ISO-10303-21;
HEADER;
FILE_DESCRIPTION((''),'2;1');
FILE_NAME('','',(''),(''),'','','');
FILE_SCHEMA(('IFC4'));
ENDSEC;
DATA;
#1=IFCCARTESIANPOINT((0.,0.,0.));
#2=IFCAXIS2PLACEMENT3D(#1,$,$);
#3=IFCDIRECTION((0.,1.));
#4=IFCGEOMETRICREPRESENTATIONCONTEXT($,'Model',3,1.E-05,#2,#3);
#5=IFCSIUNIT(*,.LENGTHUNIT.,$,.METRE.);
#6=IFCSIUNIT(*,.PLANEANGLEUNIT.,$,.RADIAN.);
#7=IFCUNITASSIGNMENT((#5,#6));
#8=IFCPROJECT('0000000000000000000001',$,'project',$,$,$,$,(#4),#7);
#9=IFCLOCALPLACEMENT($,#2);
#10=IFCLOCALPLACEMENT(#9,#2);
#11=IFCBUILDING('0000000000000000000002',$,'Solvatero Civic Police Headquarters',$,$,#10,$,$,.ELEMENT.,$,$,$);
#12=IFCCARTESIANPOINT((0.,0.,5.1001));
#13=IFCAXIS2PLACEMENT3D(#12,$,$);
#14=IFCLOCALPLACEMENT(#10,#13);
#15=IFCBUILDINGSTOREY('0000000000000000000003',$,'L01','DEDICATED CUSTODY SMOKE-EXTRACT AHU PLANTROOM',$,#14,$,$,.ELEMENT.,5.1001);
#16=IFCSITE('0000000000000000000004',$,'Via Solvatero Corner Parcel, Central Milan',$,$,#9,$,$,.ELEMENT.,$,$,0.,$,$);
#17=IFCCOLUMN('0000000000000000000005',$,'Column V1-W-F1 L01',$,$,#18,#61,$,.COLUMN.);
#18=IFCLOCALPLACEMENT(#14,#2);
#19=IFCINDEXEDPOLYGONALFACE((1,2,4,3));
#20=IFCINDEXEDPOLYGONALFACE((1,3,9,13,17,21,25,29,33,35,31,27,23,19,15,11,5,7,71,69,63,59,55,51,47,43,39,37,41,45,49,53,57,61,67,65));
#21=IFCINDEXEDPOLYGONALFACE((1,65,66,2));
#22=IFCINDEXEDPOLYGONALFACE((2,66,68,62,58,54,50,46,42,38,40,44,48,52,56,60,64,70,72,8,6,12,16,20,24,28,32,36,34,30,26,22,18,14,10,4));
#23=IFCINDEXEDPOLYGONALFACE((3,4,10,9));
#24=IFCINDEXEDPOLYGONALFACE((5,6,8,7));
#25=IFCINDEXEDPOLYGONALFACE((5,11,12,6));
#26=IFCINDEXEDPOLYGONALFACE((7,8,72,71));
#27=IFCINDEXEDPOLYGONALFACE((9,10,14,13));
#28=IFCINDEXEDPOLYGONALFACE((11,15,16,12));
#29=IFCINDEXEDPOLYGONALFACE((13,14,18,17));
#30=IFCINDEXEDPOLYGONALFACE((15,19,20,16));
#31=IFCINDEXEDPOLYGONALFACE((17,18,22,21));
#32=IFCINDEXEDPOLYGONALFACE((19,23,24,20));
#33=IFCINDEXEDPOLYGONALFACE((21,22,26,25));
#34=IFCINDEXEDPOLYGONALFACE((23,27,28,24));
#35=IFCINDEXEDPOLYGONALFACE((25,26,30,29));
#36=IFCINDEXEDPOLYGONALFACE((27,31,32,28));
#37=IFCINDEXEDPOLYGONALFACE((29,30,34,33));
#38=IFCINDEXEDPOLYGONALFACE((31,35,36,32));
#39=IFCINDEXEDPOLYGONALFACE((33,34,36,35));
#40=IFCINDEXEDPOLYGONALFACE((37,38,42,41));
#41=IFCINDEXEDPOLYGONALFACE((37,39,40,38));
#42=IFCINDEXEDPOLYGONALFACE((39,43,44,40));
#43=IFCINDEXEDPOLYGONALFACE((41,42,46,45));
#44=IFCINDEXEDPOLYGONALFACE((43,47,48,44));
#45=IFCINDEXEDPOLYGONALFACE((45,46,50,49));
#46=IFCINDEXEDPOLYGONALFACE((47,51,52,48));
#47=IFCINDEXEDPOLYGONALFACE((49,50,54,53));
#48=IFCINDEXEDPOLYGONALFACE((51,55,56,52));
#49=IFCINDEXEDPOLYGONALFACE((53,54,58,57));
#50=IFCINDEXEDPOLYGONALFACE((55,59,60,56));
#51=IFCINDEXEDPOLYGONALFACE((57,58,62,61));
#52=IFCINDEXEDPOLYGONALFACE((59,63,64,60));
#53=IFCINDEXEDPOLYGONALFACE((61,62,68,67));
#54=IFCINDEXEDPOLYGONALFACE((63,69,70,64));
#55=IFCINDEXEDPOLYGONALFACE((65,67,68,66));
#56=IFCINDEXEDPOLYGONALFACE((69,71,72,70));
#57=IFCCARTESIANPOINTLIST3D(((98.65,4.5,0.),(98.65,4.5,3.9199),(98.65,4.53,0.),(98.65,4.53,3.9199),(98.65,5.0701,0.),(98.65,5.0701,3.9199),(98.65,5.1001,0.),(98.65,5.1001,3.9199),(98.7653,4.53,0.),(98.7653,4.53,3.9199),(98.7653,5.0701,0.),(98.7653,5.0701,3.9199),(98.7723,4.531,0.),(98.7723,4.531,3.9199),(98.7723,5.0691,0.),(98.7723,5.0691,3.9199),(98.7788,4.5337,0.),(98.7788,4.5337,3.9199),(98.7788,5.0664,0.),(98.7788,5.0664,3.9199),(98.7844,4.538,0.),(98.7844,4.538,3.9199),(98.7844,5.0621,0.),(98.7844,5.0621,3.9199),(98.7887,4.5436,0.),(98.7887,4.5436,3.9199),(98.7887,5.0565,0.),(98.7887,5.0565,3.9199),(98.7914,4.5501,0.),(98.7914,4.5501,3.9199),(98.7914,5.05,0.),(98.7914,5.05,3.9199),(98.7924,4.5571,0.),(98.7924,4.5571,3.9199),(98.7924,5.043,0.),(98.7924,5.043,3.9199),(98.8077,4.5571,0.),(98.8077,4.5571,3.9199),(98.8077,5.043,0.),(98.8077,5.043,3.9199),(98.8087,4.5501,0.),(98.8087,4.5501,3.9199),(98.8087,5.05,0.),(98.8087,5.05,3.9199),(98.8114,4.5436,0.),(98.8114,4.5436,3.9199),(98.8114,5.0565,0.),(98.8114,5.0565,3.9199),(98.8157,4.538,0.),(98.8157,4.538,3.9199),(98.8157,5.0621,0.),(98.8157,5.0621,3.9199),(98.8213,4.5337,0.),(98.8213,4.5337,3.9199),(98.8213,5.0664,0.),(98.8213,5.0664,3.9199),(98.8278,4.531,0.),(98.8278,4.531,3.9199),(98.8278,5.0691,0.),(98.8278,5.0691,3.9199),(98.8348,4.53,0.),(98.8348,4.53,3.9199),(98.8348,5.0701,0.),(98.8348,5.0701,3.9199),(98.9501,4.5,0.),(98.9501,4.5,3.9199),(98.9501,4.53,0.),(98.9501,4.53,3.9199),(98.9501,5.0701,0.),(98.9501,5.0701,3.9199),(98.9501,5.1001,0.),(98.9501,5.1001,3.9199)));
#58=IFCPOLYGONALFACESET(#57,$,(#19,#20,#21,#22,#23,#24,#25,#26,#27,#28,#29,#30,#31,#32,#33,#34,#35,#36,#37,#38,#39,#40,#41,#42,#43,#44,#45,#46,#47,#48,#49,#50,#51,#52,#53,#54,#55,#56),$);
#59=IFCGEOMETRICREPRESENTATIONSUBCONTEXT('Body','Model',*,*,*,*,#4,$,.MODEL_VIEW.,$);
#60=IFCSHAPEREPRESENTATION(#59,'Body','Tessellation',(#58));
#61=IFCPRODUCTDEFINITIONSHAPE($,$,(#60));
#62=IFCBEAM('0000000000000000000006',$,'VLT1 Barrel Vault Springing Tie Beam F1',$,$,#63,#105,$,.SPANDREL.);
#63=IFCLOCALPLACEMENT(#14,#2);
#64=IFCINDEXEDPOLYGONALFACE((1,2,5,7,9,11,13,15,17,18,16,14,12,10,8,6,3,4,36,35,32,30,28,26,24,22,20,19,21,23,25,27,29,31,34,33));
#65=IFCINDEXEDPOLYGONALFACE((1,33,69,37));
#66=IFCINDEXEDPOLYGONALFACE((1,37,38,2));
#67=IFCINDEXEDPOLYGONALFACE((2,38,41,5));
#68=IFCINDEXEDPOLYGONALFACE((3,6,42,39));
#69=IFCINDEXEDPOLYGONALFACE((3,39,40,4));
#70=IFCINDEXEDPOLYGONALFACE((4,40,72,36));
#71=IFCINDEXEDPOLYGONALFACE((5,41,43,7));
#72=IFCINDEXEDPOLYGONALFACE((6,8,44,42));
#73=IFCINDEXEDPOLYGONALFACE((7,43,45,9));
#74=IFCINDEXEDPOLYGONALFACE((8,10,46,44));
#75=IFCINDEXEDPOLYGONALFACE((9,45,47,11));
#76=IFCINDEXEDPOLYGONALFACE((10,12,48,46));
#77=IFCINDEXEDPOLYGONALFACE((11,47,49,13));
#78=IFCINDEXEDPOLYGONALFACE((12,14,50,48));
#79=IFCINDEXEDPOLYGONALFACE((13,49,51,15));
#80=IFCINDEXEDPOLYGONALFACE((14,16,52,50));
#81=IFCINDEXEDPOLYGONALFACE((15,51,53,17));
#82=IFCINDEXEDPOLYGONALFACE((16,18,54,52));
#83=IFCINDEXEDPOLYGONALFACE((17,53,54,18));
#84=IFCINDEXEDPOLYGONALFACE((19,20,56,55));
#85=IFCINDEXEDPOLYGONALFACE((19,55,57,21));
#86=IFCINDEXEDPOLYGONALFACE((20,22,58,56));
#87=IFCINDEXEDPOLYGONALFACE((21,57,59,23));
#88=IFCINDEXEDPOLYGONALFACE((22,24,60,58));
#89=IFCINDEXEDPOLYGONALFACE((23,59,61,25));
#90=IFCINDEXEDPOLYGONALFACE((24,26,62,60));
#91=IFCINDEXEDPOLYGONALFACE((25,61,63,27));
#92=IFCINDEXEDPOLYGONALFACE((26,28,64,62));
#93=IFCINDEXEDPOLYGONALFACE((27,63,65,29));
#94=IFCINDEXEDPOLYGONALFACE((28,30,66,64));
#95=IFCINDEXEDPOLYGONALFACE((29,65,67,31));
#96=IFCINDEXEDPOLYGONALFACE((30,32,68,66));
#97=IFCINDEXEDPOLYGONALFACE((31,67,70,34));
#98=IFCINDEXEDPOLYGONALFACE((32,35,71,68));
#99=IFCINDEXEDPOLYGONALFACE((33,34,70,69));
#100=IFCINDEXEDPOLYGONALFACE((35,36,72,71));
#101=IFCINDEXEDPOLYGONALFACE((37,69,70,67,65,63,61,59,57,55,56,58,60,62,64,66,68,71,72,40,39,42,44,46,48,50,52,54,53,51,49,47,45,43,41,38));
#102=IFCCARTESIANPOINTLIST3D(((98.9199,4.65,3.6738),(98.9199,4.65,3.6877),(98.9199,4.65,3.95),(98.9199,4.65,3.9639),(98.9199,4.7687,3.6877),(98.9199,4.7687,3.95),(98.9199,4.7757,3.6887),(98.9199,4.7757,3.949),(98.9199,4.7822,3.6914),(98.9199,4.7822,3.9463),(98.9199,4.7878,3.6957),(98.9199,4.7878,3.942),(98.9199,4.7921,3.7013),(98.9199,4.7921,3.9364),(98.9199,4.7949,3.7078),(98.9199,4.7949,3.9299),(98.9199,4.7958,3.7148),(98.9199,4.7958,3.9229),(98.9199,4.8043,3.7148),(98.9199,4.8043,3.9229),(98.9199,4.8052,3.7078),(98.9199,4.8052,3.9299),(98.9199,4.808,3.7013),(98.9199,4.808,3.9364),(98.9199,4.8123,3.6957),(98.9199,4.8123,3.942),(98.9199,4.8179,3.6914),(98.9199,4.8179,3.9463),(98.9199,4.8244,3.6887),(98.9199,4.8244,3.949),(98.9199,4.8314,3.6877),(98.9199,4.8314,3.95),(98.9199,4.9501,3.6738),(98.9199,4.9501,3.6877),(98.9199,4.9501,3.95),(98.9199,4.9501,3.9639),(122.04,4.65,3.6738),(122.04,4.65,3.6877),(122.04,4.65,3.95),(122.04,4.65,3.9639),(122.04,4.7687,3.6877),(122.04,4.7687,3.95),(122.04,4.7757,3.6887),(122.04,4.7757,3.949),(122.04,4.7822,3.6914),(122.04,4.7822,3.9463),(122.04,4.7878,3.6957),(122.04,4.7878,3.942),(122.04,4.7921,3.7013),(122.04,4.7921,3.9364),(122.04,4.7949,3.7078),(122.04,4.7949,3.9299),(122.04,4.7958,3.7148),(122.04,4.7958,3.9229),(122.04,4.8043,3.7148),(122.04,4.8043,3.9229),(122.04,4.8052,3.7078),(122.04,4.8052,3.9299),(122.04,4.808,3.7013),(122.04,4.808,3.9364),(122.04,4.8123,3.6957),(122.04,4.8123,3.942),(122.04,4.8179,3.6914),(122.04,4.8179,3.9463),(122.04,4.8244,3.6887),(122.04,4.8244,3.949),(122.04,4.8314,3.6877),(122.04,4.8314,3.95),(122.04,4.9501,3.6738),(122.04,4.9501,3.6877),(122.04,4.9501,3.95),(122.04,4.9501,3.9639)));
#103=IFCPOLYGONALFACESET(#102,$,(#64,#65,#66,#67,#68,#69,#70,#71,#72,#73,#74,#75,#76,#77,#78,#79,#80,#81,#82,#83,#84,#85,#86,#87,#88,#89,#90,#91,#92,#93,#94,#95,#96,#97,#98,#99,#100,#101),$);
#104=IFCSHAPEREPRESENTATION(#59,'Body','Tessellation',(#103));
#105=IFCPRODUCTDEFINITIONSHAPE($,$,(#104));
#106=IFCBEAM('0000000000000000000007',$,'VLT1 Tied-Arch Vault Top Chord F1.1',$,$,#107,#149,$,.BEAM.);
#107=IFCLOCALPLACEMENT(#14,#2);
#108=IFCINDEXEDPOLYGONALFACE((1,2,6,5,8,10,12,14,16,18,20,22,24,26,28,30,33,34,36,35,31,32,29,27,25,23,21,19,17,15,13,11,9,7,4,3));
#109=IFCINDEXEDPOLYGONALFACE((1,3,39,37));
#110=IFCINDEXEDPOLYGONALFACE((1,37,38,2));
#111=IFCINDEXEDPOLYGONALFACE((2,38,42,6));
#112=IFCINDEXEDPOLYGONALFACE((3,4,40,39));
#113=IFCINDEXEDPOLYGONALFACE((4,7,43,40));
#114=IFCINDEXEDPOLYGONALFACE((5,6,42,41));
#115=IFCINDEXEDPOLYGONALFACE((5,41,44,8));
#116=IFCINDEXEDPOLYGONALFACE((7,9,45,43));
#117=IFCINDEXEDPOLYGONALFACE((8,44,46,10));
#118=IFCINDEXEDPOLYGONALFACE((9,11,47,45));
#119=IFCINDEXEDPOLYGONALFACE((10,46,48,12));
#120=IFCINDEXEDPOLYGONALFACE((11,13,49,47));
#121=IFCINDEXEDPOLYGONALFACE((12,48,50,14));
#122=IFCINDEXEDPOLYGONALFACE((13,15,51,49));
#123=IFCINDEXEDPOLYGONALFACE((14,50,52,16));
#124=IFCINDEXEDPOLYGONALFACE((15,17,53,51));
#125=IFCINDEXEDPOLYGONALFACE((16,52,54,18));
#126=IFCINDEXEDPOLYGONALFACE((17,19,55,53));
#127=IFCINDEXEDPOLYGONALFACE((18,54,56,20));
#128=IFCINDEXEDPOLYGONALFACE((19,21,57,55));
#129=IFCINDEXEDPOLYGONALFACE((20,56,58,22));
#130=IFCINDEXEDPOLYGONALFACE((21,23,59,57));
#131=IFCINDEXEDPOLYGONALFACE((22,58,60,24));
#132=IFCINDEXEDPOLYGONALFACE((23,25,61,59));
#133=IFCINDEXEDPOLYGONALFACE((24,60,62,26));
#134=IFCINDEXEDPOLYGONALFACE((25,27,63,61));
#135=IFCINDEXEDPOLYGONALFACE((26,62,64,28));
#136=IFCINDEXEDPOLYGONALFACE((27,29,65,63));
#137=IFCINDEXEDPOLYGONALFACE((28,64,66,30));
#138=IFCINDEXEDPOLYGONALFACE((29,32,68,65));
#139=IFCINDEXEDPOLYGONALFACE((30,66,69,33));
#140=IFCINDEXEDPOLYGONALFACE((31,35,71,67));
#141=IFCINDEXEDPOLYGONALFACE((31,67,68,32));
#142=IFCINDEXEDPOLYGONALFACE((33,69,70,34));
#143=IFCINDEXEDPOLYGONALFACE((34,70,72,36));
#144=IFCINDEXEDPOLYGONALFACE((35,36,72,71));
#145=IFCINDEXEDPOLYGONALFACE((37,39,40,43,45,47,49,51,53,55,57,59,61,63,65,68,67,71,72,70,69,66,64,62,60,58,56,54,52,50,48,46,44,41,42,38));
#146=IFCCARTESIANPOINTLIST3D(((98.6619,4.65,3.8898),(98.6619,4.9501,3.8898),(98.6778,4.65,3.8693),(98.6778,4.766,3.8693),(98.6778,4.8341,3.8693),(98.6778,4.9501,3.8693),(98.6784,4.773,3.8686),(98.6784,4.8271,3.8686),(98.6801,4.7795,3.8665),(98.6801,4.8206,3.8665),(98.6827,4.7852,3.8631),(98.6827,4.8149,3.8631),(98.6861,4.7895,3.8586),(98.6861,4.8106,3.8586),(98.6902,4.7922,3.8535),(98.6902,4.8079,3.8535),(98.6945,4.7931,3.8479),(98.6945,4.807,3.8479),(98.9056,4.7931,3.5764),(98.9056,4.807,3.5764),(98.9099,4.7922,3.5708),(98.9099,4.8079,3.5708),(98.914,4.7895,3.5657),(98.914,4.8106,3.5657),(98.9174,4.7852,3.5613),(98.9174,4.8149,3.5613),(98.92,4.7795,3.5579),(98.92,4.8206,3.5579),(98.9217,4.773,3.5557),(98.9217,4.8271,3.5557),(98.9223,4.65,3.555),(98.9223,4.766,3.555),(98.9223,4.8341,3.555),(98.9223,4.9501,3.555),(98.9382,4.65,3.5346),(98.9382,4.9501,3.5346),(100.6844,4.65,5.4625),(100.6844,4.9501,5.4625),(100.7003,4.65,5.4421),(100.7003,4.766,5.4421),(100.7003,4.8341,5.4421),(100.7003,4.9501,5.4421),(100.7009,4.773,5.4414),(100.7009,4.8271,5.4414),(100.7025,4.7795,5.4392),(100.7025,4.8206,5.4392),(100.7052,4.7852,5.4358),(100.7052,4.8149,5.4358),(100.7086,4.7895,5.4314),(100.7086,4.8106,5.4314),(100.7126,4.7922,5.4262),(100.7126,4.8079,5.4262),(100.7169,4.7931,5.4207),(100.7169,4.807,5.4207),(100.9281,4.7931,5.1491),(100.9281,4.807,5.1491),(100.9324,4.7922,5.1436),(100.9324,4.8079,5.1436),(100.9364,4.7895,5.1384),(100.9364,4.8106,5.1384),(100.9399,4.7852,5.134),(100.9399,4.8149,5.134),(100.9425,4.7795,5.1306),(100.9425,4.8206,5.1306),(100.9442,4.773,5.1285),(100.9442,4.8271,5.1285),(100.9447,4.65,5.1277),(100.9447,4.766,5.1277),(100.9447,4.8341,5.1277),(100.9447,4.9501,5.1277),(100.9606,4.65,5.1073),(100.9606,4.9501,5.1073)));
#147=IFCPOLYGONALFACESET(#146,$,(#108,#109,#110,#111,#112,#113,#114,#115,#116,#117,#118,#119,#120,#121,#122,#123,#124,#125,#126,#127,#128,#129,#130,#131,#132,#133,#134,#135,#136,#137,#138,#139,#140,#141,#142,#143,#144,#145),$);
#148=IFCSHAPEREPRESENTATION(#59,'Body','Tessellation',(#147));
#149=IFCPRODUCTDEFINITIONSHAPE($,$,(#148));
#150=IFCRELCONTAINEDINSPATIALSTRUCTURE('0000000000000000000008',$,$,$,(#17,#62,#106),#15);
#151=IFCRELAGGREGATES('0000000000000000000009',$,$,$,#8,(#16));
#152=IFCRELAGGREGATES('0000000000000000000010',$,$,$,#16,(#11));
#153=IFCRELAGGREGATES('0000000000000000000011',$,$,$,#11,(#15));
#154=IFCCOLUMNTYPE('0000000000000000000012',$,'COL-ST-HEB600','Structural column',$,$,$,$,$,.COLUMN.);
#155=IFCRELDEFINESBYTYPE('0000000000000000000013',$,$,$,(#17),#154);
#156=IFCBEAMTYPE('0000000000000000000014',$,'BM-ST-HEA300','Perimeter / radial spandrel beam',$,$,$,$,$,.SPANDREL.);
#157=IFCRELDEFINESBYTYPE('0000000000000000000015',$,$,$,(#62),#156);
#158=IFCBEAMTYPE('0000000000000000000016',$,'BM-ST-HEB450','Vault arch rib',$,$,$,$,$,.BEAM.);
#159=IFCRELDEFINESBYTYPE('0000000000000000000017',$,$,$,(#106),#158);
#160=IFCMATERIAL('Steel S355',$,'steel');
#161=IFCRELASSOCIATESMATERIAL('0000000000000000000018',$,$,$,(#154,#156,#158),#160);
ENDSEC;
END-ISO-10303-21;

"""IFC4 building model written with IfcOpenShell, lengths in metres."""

from ifc_helpers import new_model, si_unit, direction, frame, origin, origin_2d, place, context, subcontext, project, spatial, i_section, extrude, material, material_profile, profile_set, type_object, element, save


model = new_model("IFC4")

# Units and contexts
model_context = context("Model", 3, precision=1e-05, world=origin(), true_north=direction((0.0, 1.0)))
body_context = subcontext(model_context, "Body", "Model", "MODEL_VIEW")
ifc_project = project(units=[si_unit("LENGTHUNIT", "METRE"), si_unit("PLANEANGLEUNIT", "RADIAN")], contexts=[model_context])

# Site, building, storey
site_placement = place(None, origin())
site = spatial("IfcSite", under=ifc_project, at=site_placement, Name="Via Solvatero Corner Parcel, Central Milan", CompositionType="ELEMENT", RefElevation=0.0)
building_placement = place(site_placement, origin())
building = spatial("IfcBuilding", under=site, at=building_placement, Name="Solvatero Civic Police Headquarters", CompositionType="ELEMENT")
storey_placement = place(building_placement, frame((0.0, 0.0, 5.1001)))
storey = spatial("IfcBuildingStorey", under=building, at=storey_placement, Name="L01", Description="DEDICATED CUSTODY SMOKE-EXTRACT AHU PLANTROOM", CompositionType="ELEMENT", Elevation=5.1001)

# Column
ifc_material_1 = material(Name="Steel S355", Category="steel")
ifc_material_profile_1 = material_profile(ifc_material_1, i_section(OverallWidth=0.3, OverallDepth=0.6001, WebThickness=0.0154, FlangeThickness=0.03, FilletRadius=0.0271, at=origin_2d()), Name="HEB 600")
ifc_profile_set_1 = profile_set([ifc_material_profile_1], Name="Steel S355")
column_type = type_object("IfcColumnType", Name="COL-ST-HEB600", Description="Structural column", PredefinedType="COLUMN", material=ifc_profile_set_1)
column_placement = place(storey_placement, frame((98.8, 4.8, 0.0), z_axis=(0.0, 0.0, 1.0), x_axis=(1.0, 0.0, 0.0)))
element("IfcColumn", 1, at=column_placement, inside=storey, type_object=column_type, Name="Column V1-W-F1 L01", PredefinedType="COLUMN", context=body_context, shape_type="SweptSolid", body=[
    extrude(i_section(OverallWidth=0.3, OverallDepth=0.6001, WebThickness=0.0154, FlangeThickness=0.03, FilletRadius=0.0271, at=origin_2d()), origin(), (0.0, 0.0, 1.0), 3.9199),
])

# Beams
ifc_material_profile_2 = material_profile(ifc_material_1, i_section(OverallWidth=0.3, OverallDepth=0.29, WebThickness=0.0085, FlangeThickness=0.0139, FilletRadius=0.0271, at=origin_2d()), Name="HEA 300")
ifc_profile_set_2 = profile_set([ifc_material_profile_2], Name="Steel S355")
beam_type_1 = type_object("IfcBeamType", Name="BM-ST-HEA300", Description="Perimeter / radial spandrel beam", PredefinedType="SPANDREL", material=ifc_profile_set_2)
beam_1_placement = place(storey_placement, frame((98.9199, 4.8, 3.8188), z_axis=(1.0, 0.0, 0.0), x_axis=(0.0, 1.0, 0.0)))
element("IfcBeam", 2, at=beam_1_placement, inside=storey, type_object=beam_type_1, Name="VLT1 Barrel Vault Springing Tie Beam F1", PredefinedType="SPANDREL", context=body_context, shape_type="SweptSolid", body=[
    extrude(i_section(OverallWidth=0.3, OverallDepth=0.29, WebThickness=0.0085, FlangeThickness=0.0139, FilletRadius=0.0271, at=origin_2d()), origin(), (0.0, 0.0, 1.0), 23.1201),
])
ifc_material_profile_3 = material_profile(ifc_material_1, i_section(OverallWidth=0.3, OverallDepth=0.45, WebThickness=0.0139, FlangeThickness=0.0259, FilletRadius=0.0271, at=origin_2d()), Name="HEB 450")
ifc_profile_set_3 = profile_set([ifc_material_profile_3], Name="Steel S355")
beam_type_2 = type_object("IfcBeamType", Name="BM-ST-HEB450", Description="Vault arch rib", PredefinedType="BEAM", material=ifc_profile_set_3)
beam_2_placement = place(storey_placement, frame((98.8, 4.8, 3.7122), z_axis=(0.789404, 0.0, 0.613875), x_axis=(0.0, 1.0, 0.0)))
element("IfcBeam", 3, at=beam_2_placement, inside=storey, type_object=beam_type_2, Name="VLT1 Tied-Arch Vault Top Chord F1.1", PredefinedType="BEAM", context=body_context, shape_type="SweptSolid", body=[
    extrude(i_section(OverallWidth=0.3, OverallDepth=0.45, WebThickness=0.0139, FlangeThickness=0.0259, FilletRadius=0.0271, at=origin_2d()), origin(), (0.0, 0.0, 1.0), 2.562),
])

save(model, "model.ifc")
